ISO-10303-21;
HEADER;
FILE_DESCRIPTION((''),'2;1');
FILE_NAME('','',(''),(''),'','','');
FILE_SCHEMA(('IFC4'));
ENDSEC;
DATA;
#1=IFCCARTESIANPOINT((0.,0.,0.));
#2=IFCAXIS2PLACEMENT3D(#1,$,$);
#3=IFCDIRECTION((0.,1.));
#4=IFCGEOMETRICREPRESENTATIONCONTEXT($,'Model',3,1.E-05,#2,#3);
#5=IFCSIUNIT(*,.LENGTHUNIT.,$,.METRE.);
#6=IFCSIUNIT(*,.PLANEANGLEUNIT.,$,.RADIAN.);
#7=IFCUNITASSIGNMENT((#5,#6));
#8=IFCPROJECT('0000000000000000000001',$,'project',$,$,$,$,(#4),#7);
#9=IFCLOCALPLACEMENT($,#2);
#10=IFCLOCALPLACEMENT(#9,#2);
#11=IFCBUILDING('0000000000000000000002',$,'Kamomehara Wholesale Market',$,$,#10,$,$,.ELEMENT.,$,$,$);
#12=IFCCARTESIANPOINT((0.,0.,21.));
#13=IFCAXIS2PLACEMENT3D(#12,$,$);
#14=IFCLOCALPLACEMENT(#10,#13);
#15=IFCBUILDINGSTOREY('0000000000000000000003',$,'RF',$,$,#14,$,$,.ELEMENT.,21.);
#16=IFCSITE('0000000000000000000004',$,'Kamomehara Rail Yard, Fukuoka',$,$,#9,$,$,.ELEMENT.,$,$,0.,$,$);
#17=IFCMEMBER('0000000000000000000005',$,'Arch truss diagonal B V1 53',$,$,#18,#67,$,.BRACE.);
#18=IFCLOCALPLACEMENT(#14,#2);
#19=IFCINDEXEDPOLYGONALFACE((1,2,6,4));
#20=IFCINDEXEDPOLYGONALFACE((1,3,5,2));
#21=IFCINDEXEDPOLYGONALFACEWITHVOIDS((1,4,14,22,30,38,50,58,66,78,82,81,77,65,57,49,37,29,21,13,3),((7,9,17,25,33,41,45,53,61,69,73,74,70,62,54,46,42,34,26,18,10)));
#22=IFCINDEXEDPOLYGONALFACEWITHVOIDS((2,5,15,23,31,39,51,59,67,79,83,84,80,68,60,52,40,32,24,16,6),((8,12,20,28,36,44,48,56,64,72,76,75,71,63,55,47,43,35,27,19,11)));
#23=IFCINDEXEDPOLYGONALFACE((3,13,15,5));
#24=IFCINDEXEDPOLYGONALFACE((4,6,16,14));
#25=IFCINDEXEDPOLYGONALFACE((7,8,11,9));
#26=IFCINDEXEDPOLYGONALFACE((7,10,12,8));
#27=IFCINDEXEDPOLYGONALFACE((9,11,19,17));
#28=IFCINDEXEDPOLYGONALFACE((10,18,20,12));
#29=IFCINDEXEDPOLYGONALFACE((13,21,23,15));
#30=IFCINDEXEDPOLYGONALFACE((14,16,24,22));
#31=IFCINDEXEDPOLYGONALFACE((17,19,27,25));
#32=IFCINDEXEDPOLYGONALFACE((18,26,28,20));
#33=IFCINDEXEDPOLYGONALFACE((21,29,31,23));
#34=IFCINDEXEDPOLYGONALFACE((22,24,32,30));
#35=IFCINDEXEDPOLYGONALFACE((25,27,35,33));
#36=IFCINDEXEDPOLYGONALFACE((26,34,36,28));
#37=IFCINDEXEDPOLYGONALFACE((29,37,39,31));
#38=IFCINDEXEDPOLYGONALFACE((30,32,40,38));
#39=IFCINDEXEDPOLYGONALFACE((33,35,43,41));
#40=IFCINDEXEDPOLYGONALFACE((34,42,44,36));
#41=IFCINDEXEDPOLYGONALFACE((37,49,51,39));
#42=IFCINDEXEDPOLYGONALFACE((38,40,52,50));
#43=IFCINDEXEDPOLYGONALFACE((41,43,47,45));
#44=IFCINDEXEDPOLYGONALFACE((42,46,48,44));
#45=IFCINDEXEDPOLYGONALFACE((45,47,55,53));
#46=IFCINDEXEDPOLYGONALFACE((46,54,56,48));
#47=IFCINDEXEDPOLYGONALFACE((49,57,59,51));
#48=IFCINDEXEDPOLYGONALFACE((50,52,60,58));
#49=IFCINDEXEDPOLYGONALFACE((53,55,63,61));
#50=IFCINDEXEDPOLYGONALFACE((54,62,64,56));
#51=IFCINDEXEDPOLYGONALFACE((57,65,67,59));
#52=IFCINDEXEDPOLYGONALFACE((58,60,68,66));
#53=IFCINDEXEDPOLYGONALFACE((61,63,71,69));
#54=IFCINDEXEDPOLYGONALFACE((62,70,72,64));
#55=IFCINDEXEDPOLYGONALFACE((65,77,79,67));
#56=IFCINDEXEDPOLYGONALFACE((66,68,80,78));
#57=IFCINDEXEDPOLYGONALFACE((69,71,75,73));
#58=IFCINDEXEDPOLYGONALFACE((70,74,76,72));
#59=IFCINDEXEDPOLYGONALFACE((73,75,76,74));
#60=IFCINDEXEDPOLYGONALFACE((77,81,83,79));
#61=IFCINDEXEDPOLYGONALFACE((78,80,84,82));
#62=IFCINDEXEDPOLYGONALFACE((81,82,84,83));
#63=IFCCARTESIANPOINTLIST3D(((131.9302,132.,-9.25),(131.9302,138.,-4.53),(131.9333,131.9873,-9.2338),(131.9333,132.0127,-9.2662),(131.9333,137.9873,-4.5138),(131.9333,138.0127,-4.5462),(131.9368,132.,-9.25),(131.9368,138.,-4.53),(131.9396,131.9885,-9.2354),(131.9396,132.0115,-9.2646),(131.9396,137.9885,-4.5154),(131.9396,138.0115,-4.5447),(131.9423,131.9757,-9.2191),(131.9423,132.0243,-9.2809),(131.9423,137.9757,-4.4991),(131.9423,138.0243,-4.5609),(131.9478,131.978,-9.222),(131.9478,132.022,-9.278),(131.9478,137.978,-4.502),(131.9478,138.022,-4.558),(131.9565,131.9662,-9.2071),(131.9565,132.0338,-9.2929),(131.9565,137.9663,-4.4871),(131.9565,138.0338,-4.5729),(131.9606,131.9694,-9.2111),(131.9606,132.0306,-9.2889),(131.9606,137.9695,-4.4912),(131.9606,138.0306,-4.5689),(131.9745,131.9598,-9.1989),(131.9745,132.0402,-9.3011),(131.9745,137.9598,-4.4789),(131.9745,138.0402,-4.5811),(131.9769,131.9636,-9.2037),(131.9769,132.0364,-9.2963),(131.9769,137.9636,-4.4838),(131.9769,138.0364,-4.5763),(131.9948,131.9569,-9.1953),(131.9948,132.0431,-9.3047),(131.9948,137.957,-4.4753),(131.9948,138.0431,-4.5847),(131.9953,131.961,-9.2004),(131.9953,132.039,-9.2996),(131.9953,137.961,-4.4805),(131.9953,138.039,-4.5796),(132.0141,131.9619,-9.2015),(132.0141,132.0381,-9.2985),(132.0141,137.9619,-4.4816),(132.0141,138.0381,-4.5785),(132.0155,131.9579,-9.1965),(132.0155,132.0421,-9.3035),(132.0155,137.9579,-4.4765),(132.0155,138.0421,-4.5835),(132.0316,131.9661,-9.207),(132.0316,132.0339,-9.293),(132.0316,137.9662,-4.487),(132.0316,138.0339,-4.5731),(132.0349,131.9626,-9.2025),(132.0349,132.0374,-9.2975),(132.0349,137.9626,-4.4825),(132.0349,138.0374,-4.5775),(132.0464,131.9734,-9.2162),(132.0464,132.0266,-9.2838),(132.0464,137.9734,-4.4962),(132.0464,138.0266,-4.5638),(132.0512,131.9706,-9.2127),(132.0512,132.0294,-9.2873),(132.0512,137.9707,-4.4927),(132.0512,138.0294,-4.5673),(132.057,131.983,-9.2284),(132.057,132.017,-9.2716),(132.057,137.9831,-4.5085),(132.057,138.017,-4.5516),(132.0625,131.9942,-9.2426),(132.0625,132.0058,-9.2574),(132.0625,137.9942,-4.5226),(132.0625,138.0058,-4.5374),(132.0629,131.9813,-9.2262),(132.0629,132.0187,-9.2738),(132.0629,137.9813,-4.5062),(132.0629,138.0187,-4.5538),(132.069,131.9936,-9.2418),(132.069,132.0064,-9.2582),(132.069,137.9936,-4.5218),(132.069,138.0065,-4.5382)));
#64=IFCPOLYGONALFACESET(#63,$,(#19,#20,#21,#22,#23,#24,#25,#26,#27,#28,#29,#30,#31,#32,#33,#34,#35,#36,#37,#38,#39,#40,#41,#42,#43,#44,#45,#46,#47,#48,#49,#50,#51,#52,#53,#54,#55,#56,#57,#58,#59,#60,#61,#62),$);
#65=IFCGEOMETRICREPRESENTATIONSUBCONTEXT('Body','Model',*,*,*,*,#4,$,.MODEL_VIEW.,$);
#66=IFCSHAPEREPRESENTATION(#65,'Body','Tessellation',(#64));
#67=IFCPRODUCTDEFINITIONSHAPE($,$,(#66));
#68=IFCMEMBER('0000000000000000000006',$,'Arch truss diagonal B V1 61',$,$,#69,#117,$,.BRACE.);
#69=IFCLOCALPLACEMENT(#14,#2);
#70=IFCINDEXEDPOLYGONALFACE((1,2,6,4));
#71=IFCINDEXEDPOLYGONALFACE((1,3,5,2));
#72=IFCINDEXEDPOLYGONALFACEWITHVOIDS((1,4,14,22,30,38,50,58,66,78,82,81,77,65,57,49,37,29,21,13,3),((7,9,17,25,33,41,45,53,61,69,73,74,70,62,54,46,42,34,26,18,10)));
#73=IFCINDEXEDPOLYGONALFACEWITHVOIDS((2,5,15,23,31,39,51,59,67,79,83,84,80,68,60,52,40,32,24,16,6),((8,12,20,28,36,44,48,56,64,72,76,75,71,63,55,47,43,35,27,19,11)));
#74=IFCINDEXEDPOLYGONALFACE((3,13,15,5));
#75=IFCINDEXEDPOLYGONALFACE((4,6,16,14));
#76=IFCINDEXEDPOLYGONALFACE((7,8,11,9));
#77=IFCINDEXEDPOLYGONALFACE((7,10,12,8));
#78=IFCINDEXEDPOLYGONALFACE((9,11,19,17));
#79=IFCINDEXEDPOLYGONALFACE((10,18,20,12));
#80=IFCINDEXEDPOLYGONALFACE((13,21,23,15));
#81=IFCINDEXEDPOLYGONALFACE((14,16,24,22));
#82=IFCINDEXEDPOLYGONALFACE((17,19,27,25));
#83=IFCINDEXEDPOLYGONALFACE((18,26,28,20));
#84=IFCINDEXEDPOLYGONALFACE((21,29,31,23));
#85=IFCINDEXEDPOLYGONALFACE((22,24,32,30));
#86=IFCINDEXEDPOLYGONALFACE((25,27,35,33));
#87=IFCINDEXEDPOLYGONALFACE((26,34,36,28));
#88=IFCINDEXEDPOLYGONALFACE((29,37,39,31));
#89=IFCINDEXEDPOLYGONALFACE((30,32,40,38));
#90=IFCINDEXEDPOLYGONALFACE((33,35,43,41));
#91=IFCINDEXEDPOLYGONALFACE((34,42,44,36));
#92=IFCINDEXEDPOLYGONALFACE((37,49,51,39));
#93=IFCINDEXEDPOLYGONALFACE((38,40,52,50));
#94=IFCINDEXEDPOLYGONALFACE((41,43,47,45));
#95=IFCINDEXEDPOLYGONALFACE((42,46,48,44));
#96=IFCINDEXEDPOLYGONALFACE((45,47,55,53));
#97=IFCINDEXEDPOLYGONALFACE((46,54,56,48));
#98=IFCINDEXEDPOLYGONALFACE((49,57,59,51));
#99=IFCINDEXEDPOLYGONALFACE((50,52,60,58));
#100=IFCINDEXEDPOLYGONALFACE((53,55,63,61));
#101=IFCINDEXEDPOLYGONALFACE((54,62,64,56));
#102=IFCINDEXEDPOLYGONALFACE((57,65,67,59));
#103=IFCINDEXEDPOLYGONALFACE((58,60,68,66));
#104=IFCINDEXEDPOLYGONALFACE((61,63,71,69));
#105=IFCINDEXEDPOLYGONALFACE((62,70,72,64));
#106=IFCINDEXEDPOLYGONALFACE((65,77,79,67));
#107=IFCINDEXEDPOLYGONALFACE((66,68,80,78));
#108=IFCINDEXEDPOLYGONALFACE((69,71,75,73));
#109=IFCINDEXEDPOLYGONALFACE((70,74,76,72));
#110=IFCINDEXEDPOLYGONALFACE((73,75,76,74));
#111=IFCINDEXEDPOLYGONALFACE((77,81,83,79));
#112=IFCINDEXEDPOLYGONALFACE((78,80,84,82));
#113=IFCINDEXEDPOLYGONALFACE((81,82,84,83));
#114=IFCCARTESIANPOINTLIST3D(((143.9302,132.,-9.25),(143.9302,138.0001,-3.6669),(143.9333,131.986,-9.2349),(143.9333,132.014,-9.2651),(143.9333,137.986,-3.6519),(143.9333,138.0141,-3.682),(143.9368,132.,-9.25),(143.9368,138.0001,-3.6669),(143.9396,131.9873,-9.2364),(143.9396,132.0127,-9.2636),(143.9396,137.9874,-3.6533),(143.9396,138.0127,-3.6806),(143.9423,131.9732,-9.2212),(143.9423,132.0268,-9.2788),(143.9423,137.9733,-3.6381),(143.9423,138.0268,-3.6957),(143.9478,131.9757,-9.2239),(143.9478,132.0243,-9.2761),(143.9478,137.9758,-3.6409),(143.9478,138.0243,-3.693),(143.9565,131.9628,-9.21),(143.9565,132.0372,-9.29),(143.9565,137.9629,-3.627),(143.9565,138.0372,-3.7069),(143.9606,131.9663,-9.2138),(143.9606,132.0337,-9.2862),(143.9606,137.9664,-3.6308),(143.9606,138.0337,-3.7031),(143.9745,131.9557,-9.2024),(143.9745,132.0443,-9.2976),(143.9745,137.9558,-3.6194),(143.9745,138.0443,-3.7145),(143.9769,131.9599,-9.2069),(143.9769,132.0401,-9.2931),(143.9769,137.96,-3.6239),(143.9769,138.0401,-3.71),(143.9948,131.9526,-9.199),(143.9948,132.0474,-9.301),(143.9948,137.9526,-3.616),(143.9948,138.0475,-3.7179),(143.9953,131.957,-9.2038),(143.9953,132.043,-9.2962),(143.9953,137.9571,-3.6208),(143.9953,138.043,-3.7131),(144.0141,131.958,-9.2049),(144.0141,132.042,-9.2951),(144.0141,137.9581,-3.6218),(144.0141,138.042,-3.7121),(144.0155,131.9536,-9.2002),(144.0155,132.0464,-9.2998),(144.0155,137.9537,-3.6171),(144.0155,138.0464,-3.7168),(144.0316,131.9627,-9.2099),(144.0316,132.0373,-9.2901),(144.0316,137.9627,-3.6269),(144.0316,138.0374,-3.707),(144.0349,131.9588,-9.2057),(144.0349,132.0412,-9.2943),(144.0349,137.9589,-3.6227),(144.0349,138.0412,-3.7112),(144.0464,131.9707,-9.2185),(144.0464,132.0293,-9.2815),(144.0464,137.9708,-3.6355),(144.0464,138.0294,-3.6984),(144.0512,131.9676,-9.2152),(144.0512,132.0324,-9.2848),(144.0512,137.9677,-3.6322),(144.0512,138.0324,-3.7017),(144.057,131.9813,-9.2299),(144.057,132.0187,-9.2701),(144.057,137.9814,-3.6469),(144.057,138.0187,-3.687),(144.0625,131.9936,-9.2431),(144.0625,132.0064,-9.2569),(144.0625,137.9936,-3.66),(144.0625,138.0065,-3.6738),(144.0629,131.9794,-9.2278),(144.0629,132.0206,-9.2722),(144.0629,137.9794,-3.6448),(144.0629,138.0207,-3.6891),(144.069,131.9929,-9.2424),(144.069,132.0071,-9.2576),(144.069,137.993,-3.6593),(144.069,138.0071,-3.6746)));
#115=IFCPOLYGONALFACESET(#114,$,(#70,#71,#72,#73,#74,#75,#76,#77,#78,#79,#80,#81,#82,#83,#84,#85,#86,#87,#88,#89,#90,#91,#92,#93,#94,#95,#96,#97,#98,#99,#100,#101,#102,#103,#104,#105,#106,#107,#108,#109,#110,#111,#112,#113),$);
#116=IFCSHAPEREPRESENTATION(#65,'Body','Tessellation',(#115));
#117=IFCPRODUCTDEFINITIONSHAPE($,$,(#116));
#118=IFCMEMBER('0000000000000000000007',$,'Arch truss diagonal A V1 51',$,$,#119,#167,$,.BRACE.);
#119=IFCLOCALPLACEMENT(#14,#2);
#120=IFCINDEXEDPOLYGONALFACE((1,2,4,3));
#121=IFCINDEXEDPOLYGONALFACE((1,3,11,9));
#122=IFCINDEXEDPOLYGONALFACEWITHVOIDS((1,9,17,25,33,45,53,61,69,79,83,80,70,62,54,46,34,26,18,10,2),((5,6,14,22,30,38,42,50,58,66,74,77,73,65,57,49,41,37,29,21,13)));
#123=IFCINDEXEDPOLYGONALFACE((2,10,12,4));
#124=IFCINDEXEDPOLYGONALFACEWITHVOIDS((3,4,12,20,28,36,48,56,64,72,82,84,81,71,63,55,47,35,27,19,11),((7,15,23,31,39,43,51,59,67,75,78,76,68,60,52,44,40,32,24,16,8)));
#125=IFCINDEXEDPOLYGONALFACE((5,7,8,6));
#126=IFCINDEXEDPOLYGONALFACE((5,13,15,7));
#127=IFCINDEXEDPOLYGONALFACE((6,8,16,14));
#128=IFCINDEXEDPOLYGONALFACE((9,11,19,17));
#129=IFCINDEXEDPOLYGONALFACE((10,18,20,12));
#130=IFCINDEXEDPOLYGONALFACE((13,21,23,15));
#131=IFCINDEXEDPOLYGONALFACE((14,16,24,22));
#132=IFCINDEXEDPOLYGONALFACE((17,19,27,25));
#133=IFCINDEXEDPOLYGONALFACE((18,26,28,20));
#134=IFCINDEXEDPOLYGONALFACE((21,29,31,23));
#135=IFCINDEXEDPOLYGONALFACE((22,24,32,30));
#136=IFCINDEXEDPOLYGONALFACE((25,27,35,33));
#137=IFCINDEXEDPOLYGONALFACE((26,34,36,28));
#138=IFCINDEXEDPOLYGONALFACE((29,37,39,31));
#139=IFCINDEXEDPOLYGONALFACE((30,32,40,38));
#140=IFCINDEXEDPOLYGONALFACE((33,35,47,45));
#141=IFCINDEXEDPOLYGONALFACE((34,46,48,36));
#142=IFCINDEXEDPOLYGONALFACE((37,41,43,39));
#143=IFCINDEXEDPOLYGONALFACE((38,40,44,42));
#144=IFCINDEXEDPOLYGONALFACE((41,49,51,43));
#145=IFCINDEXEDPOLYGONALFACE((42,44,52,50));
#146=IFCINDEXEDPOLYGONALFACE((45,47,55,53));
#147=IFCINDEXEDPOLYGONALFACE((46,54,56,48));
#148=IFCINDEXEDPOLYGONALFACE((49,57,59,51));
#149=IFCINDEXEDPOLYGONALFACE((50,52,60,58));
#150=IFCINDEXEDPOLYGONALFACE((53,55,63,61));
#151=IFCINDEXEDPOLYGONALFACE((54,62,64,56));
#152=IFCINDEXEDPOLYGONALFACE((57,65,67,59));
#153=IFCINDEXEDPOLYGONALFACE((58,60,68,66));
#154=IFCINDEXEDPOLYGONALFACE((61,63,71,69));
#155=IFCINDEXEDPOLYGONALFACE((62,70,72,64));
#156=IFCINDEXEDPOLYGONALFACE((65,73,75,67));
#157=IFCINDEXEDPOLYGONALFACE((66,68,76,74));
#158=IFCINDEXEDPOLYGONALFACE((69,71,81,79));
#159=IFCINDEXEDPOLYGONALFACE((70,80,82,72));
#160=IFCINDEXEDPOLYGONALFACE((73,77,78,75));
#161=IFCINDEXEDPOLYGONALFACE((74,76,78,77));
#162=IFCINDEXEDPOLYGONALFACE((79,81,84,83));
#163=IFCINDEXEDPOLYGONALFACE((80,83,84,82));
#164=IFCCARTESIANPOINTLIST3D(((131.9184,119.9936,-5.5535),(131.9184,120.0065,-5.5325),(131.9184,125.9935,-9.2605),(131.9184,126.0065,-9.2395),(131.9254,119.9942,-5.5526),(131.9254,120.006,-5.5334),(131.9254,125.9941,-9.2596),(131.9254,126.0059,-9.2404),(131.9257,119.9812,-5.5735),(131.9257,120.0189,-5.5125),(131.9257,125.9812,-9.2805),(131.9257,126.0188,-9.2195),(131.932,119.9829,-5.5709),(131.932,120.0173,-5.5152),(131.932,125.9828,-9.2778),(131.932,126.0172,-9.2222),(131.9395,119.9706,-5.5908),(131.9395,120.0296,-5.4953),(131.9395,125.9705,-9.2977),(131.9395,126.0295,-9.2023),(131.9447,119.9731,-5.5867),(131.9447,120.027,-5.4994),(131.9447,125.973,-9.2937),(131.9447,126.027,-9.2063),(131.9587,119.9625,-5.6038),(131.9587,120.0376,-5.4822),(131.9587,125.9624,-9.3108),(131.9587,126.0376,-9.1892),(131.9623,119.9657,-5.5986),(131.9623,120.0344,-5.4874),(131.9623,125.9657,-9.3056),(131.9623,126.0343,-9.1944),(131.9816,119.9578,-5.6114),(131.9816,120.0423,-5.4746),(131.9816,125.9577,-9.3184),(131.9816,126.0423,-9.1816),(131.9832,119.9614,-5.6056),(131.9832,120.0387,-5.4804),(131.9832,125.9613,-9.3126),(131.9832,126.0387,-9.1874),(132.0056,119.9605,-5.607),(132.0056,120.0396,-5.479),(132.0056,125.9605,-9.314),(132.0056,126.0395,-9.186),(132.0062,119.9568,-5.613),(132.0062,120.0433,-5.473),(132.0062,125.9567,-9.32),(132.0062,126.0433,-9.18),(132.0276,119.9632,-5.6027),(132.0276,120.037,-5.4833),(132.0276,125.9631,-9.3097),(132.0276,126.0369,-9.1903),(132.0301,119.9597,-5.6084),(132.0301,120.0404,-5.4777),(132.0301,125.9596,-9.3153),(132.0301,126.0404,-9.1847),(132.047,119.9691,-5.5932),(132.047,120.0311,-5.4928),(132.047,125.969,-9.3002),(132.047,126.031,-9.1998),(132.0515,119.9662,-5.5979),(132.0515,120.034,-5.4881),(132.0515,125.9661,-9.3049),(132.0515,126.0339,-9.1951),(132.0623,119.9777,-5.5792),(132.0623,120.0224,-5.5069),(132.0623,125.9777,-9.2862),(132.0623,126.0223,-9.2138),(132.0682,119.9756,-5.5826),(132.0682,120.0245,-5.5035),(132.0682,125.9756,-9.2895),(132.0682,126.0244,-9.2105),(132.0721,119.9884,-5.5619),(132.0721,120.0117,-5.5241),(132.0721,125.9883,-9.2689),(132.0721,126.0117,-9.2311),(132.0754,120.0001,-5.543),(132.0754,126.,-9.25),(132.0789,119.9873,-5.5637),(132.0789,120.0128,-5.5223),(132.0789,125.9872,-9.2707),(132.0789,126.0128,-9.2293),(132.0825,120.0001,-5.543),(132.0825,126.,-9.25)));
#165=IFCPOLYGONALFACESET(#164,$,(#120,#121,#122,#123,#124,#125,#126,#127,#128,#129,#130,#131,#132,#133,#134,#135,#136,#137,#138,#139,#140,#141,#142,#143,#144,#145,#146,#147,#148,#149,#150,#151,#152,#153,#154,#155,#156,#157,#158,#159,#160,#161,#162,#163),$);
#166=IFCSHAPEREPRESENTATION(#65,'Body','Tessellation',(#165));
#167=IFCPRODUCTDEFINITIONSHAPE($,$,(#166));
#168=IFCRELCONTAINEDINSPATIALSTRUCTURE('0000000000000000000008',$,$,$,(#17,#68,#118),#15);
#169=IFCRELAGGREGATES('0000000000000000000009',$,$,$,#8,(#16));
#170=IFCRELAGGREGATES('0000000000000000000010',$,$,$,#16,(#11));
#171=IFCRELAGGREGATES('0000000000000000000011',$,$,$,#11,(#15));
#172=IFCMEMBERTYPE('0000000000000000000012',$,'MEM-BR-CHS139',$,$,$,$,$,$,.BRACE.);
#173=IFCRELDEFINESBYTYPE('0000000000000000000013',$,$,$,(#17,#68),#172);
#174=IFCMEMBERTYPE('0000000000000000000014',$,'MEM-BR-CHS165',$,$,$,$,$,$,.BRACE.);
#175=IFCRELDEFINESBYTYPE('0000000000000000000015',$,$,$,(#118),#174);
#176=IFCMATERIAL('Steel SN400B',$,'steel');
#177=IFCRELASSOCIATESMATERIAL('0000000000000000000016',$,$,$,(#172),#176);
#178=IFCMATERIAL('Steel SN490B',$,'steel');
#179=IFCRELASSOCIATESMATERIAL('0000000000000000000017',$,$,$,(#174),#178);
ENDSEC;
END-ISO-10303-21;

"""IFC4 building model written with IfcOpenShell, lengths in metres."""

from ifc_helpers import new_model, si_unit, direction, frame, origin, origin_2d, place, context, subcontext, project, spatial, hollow_circle, extrude, material, material_profile, profile_set, type_object, element, save


model = new_model("IFC4")

# Units and contexts
model_context = context("Model", 3, precision=1e-05, world=origin(), true_north=direction((0.0, 1.0)))
body_context = subcontext(model_context, "Body", "Model", "MODEL_VIEW")
ifc_project = project(units=[si_unit("LENGTHUNIT", "METRE"), si_unit("PLANEANGLEUNIT", "RADIAN")], contexts=[model_context])

# Site, building, storey
site_placement = place(None, origin())
site = spatial("IfcSite", under=ifc_project, at=site_placement, Name="Kamomehara Rail Yard, Fukuoka", CompositionType="ELEMENT", RefElevation=0.0)
building_placement = place(site_placement, origin())
building = spatial("IfcBuilding", under=site, at=building_placement, Name="Kamomehara Wholesale Market", CompositionType="ELEMENT")
storey_placement = place(building_placement, frame((0.0, 0.0, 21.0)))
storey = spatial("IfcBuildingStorey", under=building, at=storey_placement, Name="RF", CompositionType="ELEMENT", Elevation=21.0)

# Members
ifc_material_1 = material(Name="Steel SN400B", Category="steel")
ifc_material_profile_1 = material_profile(ifc_material_1, hollow_circle(Radius=0.0698, WallThickness=0.0066, at=origin_2d()), Name="CHS-139.8x6.6")
ifc_profile_set_1 = profile_set([ifc_material_profile_1], Name="Steel SN400B")
member_type_1 = type_object("IfcMemberType", Name="MEM-BR-CHS139", PredefinedType="BRACE", material=ifc_profile_set_1)
member_1_placement = place(storey_placement, frame((132.0, 132.0, -9.25), z_axis=(0.0, 0.785956, 0.618282), x_axis=(-1.0, 0.0, 0.0)))
element("IfcMember", 1, at=member_1_placement, inside=storey, type_object=member_type_1, Name="Arch truss diagonal B V1 53", PredefinedType="BRACE", context=body_context, shape_type="SweptSolid", body=[
    extrude(hollow_circle(Radius=0.0698, WallThickness=0.0066, at=origin_2d()), origin(), (0.0, 0.0, 1.0), 7.634),
])
member_2_placement = place(storey_placement, frame((144.0, 132.0, -9.25), z_axis=(0.0, 0.732089, 0.681209), x_axis=(-1.0, 0.0, 0.0)))
element("IfcMember", 2, at=member_2_placement, inside=storey, type_object=member_type_1, Name="Arch truss diagonal B V1 61", PredefinedType="BRACE", context=body_context, shape_type="SweptSolid", body=[
    extrude(hollow_circle(Radius=0.0698, WallThickness=0.0066, at=origin_2d()), origin(), (0.0, 0.0, 1.0), 8.1958),
])
ifc_material_2 = material(Name="Steel SN490B", Category="steel")
ifc_material_profile_2 = material_profile(ifc_material_2, hollow_circle(Radius=0.0825, WallThickness=0.0071, at=origin_2d()), Name="CHS-165.2x7.1")
ifc_profile_set_2 = profile_set([ifc_material_profile_2], Name="Steel SN490B")
member_type_2 = type_object("IfcMemberType", Name="MEM-BR-CHS165", PredefinedType="BRACE", material=ifc_profile_set_2)
member_3_placement = place(storey_placement, frame((132.0, 126.0, -9.25), z_axis=(0.0, -0.850725, 0.525611), x_axis=(1.0, 0.0, 0.0)))
element("IfcMember", 3, at=member_3_placement, inside=storey, type_object=member_type_2, Name="Arch truss diagonal A V1 51", PredefinedType="BRACE", context=body_context, shape_type="SweptSolid", body=[
    extrude(hollow_circle(Radius=0.0825, WallThickness=0.0071, at=origin_2d()), origin(), (0.0, 0.0, 1.0), 7.0527),
])

save(model, "model.ifc")
